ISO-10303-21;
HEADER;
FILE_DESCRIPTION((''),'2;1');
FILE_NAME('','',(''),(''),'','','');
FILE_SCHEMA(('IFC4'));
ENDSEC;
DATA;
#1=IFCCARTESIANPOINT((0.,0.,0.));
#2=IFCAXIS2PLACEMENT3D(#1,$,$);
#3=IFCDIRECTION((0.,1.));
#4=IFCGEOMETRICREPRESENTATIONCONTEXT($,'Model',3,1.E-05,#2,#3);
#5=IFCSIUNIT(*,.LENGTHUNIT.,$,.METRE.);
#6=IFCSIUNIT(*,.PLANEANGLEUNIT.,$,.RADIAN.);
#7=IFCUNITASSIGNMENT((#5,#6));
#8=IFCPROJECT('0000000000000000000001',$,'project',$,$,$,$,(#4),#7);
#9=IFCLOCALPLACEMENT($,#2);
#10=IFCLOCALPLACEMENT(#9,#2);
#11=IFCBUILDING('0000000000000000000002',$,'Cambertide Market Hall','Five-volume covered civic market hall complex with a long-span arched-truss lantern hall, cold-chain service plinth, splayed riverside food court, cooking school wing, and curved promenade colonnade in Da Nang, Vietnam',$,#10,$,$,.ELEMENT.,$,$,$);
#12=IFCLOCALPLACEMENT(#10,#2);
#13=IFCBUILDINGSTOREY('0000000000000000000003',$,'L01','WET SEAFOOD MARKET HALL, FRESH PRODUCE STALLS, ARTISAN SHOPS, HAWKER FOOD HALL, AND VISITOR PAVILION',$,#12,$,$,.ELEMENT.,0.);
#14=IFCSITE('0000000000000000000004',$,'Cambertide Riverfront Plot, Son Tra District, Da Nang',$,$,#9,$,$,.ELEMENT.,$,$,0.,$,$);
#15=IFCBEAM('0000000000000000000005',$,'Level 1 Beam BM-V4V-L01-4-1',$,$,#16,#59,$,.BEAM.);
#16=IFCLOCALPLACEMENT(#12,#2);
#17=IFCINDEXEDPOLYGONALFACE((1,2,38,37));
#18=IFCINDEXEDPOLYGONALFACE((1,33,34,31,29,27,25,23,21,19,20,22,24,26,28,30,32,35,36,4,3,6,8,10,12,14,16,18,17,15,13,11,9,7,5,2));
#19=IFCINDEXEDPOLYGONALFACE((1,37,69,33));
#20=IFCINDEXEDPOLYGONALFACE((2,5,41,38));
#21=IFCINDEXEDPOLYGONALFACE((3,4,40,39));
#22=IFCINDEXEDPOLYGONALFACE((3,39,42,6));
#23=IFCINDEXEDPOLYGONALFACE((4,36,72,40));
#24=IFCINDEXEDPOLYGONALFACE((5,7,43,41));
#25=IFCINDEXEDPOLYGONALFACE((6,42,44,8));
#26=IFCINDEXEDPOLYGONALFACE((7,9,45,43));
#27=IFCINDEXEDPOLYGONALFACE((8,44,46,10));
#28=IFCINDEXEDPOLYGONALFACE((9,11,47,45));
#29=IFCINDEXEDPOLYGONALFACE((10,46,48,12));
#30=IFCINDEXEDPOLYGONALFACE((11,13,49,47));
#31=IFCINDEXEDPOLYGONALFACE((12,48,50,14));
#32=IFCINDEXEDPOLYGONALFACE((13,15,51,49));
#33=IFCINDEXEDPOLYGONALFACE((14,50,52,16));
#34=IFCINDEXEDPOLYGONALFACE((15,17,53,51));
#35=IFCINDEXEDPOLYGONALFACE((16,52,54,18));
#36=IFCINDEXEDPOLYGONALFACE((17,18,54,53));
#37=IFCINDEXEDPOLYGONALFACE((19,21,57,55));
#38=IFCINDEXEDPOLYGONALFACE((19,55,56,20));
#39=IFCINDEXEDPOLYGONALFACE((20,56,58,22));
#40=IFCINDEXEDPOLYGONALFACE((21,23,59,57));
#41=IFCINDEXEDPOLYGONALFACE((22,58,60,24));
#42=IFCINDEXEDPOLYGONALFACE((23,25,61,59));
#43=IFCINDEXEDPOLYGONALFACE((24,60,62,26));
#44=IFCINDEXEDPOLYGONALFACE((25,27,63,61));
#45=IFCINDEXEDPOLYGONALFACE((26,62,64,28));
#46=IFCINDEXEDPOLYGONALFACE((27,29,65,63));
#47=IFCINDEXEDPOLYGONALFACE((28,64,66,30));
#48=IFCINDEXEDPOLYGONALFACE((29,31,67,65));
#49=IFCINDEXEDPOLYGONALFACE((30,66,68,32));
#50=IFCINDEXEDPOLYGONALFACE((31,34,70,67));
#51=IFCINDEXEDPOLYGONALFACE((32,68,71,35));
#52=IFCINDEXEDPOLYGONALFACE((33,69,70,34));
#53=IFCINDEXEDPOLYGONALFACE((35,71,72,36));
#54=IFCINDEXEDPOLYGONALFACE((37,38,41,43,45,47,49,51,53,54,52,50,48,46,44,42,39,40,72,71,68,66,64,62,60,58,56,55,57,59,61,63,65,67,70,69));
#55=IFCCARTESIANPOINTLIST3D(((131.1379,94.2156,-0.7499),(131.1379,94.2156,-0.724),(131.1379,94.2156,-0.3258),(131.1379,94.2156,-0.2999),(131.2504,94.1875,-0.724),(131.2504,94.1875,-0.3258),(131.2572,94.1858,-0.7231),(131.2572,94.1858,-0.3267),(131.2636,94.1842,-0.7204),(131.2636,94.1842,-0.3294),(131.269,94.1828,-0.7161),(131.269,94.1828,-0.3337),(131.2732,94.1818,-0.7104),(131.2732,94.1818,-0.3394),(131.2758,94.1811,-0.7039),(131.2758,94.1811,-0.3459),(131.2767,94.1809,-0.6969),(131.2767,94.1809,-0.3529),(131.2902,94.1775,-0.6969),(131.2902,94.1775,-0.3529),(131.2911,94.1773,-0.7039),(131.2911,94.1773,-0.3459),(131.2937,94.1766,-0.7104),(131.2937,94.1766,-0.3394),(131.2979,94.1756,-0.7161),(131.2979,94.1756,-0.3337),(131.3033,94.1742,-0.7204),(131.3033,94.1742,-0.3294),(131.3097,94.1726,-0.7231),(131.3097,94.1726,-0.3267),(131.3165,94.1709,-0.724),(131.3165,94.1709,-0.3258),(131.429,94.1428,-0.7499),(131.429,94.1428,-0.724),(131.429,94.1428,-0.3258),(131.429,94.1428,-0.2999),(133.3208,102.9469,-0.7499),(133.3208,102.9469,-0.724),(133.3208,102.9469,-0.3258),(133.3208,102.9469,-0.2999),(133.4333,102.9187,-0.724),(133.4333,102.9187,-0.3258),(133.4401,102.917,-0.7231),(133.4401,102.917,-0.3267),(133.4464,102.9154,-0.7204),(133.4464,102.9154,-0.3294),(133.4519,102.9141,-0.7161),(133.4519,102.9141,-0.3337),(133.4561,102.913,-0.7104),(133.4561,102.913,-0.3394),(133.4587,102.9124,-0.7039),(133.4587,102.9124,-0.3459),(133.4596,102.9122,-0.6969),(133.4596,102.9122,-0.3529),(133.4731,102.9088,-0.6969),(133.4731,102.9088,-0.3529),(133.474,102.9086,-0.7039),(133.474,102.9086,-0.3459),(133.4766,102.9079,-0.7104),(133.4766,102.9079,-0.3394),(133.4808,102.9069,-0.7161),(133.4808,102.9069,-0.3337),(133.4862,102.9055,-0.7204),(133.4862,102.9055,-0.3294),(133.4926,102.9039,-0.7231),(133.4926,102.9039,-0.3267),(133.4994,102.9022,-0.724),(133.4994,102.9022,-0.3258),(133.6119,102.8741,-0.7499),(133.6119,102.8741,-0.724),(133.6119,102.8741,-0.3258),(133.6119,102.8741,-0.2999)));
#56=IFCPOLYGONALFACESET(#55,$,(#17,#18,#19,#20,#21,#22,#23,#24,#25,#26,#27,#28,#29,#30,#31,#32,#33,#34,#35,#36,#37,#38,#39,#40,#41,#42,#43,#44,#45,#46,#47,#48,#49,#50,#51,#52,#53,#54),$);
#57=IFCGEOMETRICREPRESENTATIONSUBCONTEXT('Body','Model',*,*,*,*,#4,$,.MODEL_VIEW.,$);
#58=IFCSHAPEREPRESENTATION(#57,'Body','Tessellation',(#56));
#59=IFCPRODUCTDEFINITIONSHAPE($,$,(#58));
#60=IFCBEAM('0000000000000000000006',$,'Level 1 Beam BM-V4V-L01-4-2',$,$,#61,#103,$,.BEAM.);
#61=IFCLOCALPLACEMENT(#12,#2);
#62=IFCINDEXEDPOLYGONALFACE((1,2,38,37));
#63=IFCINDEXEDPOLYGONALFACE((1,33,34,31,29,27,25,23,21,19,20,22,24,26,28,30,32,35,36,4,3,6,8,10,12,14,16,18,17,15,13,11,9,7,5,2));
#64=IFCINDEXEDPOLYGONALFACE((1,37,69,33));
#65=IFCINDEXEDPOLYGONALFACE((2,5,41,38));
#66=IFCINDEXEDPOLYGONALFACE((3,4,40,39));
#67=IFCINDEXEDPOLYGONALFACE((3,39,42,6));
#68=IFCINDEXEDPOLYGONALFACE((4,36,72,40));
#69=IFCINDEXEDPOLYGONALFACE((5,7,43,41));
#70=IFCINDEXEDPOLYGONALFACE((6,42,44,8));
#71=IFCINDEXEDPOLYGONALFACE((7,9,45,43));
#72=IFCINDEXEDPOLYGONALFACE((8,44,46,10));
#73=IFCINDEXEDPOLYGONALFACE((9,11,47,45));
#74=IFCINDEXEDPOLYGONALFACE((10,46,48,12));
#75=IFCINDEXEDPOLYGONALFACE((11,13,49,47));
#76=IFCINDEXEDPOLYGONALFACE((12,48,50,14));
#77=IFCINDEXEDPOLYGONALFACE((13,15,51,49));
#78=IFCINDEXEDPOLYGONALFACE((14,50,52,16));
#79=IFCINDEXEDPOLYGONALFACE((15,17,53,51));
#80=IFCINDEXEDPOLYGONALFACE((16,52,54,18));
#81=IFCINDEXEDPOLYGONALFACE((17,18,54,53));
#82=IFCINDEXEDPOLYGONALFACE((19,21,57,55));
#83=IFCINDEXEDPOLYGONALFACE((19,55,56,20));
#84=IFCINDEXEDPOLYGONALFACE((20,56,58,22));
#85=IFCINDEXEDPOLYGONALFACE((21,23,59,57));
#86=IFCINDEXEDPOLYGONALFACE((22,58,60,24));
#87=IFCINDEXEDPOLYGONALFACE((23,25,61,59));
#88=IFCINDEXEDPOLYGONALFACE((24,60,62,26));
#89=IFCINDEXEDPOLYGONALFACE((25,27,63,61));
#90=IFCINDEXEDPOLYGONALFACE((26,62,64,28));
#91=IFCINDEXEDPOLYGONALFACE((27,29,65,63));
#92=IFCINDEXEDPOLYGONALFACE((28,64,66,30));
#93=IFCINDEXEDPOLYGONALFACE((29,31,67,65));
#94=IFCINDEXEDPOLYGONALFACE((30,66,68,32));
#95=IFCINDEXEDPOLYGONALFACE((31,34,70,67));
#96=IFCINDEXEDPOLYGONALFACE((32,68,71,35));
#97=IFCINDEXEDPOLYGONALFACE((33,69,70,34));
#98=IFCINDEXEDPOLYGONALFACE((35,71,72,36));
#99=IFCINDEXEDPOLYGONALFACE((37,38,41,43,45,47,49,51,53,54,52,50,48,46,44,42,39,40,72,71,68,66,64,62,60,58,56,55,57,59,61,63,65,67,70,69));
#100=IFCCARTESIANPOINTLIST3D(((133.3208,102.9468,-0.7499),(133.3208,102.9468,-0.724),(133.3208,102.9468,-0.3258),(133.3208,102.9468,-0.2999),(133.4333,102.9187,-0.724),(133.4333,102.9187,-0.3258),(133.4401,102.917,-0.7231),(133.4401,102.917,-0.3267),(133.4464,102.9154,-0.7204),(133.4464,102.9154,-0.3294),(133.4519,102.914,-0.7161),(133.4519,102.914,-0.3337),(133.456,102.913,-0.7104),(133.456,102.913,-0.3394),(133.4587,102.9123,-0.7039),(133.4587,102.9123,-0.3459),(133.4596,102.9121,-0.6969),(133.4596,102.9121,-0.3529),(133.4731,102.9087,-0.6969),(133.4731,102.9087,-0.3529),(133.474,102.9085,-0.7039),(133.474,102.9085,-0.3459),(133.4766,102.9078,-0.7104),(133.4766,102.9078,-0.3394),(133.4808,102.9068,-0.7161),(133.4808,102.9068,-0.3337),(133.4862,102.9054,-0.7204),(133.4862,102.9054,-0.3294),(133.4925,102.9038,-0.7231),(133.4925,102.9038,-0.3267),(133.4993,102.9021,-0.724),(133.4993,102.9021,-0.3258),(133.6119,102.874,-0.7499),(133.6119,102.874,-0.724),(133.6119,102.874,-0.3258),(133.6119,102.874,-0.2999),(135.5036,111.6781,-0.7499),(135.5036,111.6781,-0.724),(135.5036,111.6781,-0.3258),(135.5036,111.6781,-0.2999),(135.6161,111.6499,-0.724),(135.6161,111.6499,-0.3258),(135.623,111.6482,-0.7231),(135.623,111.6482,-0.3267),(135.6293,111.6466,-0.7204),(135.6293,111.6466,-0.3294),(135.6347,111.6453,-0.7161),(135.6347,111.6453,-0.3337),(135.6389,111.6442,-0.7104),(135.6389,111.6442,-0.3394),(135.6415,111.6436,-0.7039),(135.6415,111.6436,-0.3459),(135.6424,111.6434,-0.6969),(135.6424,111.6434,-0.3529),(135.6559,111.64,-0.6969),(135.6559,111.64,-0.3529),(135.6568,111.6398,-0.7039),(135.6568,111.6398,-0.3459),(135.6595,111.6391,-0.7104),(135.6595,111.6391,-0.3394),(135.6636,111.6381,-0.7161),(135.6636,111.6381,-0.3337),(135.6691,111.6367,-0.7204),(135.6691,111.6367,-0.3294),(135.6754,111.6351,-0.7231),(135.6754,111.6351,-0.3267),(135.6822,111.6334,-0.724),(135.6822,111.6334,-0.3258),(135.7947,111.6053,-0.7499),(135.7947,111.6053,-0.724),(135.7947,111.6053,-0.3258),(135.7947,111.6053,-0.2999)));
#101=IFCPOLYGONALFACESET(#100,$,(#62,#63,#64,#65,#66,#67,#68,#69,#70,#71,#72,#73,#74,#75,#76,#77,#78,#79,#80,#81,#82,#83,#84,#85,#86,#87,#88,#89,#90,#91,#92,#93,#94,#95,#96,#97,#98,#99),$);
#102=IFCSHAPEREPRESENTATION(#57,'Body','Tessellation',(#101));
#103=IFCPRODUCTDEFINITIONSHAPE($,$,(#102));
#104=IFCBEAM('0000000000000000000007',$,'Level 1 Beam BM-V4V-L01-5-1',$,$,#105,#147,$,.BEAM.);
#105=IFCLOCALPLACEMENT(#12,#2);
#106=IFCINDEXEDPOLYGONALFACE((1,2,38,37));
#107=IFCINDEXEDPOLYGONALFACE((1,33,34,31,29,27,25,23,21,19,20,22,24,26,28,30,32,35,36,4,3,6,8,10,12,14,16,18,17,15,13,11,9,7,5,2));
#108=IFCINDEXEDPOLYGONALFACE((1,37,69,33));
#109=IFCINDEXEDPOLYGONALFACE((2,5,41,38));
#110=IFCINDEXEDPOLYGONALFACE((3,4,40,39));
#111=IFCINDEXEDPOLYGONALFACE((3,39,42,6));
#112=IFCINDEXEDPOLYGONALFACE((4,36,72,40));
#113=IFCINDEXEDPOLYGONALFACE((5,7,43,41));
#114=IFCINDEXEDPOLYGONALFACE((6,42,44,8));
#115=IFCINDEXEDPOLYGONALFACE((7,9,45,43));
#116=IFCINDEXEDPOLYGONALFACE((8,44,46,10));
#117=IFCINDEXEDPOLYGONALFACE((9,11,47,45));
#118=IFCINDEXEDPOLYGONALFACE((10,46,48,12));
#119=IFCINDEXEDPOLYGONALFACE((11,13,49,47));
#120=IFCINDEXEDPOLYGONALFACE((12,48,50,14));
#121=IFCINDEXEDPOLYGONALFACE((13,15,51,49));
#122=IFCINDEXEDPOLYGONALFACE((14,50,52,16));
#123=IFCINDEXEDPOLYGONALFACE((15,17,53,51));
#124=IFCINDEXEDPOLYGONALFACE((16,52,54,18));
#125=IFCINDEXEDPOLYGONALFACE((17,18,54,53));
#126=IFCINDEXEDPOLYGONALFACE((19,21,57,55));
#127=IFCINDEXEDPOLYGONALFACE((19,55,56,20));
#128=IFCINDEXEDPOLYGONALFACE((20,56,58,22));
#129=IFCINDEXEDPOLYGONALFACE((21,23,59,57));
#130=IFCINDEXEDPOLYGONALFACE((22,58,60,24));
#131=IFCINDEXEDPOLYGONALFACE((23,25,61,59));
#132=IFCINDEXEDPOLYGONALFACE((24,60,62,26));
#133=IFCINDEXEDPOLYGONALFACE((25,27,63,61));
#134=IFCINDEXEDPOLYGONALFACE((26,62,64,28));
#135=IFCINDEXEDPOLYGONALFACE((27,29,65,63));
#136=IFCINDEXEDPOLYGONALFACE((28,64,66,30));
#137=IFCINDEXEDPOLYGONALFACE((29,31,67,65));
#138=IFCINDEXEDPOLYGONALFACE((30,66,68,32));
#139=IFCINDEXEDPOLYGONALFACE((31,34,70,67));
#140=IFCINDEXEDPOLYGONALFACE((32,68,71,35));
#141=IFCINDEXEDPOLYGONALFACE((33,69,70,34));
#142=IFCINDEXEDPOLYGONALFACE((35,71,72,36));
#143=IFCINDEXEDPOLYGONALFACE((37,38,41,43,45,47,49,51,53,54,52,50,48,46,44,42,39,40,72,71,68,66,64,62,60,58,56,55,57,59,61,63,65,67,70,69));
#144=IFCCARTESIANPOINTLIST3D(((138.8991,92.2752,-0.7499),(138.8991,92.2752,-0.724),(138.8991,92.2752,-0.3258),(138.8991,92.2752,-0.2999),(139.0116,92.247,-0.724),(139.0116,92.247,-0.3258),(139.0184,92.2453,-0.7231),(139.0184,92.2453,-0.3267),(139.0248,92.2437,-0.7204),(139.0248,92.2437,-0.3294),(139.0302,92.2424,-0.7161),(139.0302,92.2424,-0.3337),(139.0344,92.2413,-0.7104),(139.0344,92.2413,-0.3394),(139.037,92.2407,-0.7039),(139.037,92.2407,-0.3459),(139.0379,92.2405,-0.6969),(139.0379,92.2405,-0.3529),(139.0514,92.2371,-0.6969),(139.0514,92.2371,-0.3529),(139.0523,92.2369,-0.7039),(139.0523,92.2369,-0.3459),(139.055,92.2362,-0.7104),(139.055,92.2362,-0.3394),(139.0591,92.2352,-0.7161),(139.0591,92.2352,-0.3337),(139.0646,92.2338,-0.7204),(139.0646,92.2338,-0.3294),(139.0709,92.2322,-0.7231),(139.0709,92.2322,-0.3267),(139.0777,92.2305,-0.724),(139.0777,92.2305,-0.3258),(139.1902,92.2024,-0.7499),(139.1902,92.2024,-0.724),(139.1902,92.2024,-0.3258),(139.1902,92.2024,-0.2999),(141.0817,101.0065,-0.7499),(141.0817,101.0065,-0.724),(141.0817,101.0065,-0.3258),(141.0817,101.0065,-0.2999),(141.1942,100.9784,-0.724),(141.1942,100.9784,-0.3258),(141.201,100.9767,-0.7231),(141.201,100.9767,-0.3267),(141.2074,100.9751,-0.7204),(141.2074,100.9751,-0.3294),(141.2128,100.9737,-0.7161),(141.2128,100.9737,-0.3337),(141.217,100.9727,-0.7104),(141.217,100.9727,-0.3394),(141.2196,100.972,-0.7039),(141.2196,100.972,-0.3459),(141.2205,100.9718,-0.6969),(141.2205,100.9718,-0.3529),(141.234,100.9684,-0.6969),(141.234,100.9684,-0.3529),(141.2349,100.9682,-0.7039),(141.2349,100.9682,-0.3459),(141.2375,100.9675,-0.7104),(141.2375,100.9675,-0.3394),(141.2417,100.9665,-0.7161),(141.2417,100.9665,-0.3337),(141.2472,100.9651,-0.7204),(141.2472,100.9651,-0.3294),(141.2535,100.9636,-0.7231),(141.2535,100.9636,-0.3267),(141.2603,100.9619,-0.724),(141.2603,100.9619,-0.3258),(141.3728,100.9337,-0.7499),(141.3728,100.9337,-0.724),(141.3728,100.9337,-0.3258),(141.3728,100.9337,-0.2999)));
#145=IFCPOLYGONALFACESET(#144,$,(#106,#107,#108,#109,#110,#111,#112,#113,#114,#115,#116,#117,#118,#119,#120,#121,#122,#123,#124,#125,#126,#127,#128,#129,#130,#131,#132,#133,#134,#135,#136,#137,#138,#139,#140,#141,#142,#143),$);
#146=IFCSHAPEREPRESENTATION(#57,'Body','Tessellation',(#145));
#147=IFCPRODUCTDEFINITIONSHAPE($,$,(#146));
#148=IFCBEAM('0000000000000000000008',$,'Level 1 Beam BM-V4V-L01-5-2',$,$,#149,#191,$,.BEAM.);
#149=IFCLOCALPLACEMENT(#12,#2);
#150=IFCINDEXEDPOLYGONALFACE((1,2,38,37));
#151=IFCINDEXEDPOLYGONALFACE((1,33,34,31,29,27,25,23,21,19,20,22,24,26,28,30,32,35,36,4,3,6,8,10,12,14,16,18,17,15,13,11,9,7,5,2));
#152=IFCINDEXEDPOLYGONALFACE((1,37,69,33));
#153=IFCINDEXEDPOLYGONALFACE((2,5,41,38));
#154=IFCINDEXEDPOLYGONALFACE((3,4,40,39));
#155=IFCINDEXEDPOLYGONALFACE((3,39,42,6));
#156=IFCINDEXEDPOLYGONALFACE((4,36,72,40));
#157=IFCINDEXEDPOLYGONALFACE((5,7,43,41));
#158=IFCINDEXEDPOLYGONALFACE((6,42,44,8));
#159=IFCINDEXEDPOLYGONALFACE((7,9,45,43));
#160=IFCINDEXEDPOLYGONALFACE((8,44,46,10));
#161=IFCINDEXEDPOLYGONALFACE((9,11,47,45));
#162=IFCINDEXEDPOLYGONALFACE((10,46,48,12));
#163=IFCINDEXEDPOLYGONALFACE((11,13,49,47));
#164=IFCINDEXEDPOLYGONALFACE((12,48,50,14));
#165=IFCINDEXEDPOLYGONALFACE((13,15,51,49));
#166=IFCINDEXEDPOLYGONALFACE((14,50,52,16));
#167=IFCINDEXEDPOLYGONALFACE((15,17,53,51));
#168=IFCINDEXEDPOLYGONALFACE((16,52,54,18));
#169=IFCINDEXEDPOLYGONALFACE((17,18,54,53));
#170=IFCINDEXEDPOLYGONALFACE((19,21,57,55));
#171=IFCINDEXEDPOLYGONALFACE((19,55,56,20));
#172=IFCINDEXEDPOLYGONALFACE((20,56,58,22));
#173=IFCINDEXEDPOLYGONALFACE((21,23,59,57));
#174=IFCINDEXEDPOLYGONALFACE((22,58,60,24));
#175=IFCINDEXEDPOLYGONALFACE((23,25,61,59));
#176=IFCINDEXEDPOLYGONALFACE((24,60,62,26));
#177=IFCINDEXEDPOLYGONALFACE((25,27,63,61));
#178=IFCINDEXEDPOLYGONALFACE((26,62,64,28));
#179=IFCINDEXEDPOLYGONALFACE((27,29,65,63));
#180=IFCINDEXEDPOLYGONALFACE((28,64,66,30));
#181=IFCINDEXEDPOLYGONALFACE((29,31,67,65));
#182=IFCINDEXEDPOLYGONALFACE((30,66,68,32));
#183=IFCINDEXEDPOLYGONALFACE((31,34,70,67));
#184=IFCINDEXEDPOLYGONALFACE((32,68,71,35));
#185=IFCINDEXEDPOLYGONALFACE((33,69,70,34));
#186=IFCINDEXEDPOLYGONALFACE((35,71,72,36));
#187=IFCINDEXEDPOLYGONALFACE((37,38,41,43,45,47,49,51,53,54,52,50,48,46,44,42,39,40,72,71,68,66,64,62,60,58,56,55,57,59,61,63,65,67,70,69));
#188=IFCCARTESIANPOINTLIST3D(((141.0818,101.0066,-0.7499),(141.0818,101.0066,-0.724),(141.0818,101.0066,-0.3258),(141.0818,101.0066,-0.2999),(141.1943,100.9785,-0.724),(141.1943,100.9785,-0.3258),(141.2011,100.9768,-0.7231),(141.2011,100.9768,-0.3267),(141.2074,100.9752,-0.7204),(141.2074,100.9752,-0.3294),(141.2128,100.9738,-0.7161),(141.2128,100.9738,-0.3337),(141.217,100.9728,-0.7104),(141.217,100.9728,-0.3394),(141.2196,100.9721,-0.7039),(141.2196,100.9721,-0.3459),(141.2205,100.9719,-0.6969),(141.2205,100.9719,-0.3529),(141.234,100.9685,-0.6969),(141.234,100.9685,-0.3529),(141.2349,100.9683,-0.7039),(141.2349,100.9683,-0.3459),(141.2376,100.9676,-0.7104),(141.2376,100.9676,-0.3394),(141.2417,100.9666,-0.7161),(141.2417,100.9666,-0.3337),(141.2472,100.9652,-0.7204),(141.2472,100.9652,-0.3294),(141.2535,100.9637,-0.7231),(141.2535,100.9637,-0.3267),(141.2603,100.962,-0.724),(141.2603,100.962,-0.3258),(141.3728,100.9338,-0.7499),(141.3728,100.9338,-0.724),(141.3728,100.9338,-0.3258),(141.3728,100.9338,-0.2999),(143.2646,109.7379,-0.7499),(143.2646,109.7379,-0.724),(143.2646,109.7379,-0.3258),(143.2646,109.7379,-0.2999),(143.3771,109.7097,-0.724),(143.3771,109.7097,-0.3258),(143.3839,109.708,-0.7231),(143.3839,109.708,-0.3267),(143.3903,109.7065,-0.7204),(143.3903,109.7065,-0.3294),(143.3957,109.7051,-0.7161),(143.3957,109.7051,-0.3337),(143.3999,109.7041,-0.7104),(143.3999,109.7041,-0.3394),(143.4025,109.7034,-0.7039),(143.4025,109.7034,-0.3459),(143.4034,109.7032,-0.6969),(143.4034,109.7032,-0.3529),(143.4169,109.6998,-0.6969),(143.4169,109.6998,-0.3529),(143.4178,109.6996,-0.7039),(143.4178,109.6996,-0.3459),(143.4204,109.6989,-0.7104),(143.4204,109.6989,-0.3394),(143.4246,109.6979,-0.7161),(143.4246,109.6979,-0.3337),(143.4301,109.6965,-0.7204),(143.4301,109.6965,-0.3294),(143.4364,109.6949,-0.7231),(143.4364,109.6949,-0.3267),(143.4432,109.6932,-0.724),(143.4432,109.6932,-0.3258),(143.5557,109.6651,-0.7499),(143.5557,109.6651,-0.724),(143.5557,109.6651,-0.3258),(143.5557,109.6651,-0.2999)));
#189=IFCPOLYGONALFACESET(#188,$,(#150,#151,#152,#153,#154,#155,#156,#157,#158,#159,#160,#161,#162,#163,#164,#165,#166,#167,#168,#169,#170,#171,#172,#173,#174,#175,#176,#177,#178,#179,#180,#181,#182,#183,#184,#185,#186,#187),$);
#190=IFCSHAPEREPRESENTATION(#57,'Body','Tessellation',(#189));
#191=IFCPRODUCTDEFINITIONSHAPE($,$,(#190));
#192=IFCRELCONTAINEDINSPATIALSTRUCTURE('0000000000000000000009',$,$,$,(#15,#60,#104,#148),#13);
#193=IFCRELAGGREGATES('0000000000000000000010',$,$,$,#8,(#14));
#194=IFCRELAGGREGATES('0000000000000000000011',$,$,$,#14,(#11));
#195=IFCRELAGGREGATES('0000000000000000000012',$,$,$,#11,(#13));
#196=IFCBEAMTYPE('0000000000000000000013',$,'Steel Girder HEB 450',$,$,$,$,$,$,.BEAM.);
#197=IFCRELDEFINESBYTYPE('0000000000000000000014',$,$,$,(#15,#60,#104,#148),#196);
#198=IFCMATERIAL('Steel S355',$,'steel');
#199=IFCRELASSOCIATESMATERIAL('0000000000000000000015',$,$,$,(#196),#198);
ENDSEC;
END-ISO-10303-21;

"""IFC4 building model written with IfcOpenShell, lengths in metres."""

from ifc_helpers import new_model, si_unit, direction, frame, origin, origin_2d, place, context, subcontext, project, spatial, i_section, extrude, material, material_profile, profile_set, type_object, element, save


model = new_model("IFC4")

# Units and contexts
model_context = context("Model", 3, precision=1e-05, world=origin(), true_north=direction((0.0, 1.0)))
body_context = subcontext(model_context, "Body", "Model", "MODEL_VIEW")
ifc_project = project(units=[si_unit("LENGTHUNIT", "METRE"), si_unit("PLANEANGLEUNIT", "RADIAN")], contexts=[model_context])

# Site, building, storey
site_placement = place(None, origin())
site = spatial("IfcSite", under=ifc_project, at=site_placement, Name="Cambertide Riverfront Plot, Son Tra District, Da Nang", CompositionType="ELEMENT", RefElevation=0.0)
building_placement = place(site_placement, origin())
building = spatial("IfcBuilding", under=site, at=building_placement, Name="Cambertide Market Hall", Description="Five-volume covered civic market hall complex with a long-span arched-truss lantern hall, cold-chain service plinth, splayed riverside food court, cooking school wing, and curved promenade colonnade in Da Nang, Vietnam", CompositionType="ELEMENT")
storey_placement = place(building_placement, origin())
storey = spatial("IfcBuildingStorey", under=building, at=storey_placement, Name="L01", Description="WET SEAFOOD MARKET HALL, FRESH PRODUCE STALLS, ARTISAN SHOPS, HAWKER FOOD HALL, AND VISITOR PAVILION", CompositionType="ELEMENT", Elevation=0.0)

# Beams
ifc_material_1 = material(Name="Steel S355", Category="steel")
ifc_material_profile_1 = material_profile(ifc_material_1, i_section(OverallWidth=0.3, OverallDepth=0.45, WebThickness=0.0139, FlangeThickness=0.0259, FilletRadius=0.0271, at=origin_2d()), Name="HEB 450")
ifc_profile_set_1 = profile_set([ifc_material_profile_1], Name="Steel S355")
beam_type_1 = type_object("IfcBeamType", Name="Steel Girder HEB 450", PredefinedType="BEAM", material=ifc_profile_set_1)
for number, where, z_axis, x_axis, name in (
    (1, (131.2834, 94.1792, -0.5249), (0.242542, 0.970141, 0.0), (-0.970141, 0.242542, 0.0), "Level 1 Beam BM-V4V-L01-4-1"),
    (2, (133.4663, 102.9104, -0.5249), (0.242542, 0.970141, 0.0), (-0.970141, 0.242542, 0.0), "Level 1 Beam BM-V4V-L01-4-2"),
    (3, (139.0447, 92.2388, -0.5249), (0.24251, 0.970149, 0.0), (-0.970149, 0.24251, 0.0), "Level 1 Beam BM-V4V-L01-5-1"),
    (4, (141.2273, 100.9702, -0.5249), (0.242542, 0.970141, 0.0), (-0.970141, 0.242542, 0.0), "Level 1 Beam BM-V4V-L01-5-2"),
):
    element("IfcBeam", number, at=place(storey_placement, frame(where, z_axis=z_axis, x_axis=x_axis)), inside=storey, type_object=beam_type_1, Name=name, PredefinedType="BEAM", context=body_context, shape_type="SweptSolid", body=[
        extrude(i_section(OverallWidth=0.3, OverallDepth=0.45, WebThickness=0.0139, FlangeThickness=0.0259, FilletRadius=0.0271, at=origin_2d()), origin(), (0.0, 0.0, 1.0), 9.0),
    ])

save(model, "model.ifc")
